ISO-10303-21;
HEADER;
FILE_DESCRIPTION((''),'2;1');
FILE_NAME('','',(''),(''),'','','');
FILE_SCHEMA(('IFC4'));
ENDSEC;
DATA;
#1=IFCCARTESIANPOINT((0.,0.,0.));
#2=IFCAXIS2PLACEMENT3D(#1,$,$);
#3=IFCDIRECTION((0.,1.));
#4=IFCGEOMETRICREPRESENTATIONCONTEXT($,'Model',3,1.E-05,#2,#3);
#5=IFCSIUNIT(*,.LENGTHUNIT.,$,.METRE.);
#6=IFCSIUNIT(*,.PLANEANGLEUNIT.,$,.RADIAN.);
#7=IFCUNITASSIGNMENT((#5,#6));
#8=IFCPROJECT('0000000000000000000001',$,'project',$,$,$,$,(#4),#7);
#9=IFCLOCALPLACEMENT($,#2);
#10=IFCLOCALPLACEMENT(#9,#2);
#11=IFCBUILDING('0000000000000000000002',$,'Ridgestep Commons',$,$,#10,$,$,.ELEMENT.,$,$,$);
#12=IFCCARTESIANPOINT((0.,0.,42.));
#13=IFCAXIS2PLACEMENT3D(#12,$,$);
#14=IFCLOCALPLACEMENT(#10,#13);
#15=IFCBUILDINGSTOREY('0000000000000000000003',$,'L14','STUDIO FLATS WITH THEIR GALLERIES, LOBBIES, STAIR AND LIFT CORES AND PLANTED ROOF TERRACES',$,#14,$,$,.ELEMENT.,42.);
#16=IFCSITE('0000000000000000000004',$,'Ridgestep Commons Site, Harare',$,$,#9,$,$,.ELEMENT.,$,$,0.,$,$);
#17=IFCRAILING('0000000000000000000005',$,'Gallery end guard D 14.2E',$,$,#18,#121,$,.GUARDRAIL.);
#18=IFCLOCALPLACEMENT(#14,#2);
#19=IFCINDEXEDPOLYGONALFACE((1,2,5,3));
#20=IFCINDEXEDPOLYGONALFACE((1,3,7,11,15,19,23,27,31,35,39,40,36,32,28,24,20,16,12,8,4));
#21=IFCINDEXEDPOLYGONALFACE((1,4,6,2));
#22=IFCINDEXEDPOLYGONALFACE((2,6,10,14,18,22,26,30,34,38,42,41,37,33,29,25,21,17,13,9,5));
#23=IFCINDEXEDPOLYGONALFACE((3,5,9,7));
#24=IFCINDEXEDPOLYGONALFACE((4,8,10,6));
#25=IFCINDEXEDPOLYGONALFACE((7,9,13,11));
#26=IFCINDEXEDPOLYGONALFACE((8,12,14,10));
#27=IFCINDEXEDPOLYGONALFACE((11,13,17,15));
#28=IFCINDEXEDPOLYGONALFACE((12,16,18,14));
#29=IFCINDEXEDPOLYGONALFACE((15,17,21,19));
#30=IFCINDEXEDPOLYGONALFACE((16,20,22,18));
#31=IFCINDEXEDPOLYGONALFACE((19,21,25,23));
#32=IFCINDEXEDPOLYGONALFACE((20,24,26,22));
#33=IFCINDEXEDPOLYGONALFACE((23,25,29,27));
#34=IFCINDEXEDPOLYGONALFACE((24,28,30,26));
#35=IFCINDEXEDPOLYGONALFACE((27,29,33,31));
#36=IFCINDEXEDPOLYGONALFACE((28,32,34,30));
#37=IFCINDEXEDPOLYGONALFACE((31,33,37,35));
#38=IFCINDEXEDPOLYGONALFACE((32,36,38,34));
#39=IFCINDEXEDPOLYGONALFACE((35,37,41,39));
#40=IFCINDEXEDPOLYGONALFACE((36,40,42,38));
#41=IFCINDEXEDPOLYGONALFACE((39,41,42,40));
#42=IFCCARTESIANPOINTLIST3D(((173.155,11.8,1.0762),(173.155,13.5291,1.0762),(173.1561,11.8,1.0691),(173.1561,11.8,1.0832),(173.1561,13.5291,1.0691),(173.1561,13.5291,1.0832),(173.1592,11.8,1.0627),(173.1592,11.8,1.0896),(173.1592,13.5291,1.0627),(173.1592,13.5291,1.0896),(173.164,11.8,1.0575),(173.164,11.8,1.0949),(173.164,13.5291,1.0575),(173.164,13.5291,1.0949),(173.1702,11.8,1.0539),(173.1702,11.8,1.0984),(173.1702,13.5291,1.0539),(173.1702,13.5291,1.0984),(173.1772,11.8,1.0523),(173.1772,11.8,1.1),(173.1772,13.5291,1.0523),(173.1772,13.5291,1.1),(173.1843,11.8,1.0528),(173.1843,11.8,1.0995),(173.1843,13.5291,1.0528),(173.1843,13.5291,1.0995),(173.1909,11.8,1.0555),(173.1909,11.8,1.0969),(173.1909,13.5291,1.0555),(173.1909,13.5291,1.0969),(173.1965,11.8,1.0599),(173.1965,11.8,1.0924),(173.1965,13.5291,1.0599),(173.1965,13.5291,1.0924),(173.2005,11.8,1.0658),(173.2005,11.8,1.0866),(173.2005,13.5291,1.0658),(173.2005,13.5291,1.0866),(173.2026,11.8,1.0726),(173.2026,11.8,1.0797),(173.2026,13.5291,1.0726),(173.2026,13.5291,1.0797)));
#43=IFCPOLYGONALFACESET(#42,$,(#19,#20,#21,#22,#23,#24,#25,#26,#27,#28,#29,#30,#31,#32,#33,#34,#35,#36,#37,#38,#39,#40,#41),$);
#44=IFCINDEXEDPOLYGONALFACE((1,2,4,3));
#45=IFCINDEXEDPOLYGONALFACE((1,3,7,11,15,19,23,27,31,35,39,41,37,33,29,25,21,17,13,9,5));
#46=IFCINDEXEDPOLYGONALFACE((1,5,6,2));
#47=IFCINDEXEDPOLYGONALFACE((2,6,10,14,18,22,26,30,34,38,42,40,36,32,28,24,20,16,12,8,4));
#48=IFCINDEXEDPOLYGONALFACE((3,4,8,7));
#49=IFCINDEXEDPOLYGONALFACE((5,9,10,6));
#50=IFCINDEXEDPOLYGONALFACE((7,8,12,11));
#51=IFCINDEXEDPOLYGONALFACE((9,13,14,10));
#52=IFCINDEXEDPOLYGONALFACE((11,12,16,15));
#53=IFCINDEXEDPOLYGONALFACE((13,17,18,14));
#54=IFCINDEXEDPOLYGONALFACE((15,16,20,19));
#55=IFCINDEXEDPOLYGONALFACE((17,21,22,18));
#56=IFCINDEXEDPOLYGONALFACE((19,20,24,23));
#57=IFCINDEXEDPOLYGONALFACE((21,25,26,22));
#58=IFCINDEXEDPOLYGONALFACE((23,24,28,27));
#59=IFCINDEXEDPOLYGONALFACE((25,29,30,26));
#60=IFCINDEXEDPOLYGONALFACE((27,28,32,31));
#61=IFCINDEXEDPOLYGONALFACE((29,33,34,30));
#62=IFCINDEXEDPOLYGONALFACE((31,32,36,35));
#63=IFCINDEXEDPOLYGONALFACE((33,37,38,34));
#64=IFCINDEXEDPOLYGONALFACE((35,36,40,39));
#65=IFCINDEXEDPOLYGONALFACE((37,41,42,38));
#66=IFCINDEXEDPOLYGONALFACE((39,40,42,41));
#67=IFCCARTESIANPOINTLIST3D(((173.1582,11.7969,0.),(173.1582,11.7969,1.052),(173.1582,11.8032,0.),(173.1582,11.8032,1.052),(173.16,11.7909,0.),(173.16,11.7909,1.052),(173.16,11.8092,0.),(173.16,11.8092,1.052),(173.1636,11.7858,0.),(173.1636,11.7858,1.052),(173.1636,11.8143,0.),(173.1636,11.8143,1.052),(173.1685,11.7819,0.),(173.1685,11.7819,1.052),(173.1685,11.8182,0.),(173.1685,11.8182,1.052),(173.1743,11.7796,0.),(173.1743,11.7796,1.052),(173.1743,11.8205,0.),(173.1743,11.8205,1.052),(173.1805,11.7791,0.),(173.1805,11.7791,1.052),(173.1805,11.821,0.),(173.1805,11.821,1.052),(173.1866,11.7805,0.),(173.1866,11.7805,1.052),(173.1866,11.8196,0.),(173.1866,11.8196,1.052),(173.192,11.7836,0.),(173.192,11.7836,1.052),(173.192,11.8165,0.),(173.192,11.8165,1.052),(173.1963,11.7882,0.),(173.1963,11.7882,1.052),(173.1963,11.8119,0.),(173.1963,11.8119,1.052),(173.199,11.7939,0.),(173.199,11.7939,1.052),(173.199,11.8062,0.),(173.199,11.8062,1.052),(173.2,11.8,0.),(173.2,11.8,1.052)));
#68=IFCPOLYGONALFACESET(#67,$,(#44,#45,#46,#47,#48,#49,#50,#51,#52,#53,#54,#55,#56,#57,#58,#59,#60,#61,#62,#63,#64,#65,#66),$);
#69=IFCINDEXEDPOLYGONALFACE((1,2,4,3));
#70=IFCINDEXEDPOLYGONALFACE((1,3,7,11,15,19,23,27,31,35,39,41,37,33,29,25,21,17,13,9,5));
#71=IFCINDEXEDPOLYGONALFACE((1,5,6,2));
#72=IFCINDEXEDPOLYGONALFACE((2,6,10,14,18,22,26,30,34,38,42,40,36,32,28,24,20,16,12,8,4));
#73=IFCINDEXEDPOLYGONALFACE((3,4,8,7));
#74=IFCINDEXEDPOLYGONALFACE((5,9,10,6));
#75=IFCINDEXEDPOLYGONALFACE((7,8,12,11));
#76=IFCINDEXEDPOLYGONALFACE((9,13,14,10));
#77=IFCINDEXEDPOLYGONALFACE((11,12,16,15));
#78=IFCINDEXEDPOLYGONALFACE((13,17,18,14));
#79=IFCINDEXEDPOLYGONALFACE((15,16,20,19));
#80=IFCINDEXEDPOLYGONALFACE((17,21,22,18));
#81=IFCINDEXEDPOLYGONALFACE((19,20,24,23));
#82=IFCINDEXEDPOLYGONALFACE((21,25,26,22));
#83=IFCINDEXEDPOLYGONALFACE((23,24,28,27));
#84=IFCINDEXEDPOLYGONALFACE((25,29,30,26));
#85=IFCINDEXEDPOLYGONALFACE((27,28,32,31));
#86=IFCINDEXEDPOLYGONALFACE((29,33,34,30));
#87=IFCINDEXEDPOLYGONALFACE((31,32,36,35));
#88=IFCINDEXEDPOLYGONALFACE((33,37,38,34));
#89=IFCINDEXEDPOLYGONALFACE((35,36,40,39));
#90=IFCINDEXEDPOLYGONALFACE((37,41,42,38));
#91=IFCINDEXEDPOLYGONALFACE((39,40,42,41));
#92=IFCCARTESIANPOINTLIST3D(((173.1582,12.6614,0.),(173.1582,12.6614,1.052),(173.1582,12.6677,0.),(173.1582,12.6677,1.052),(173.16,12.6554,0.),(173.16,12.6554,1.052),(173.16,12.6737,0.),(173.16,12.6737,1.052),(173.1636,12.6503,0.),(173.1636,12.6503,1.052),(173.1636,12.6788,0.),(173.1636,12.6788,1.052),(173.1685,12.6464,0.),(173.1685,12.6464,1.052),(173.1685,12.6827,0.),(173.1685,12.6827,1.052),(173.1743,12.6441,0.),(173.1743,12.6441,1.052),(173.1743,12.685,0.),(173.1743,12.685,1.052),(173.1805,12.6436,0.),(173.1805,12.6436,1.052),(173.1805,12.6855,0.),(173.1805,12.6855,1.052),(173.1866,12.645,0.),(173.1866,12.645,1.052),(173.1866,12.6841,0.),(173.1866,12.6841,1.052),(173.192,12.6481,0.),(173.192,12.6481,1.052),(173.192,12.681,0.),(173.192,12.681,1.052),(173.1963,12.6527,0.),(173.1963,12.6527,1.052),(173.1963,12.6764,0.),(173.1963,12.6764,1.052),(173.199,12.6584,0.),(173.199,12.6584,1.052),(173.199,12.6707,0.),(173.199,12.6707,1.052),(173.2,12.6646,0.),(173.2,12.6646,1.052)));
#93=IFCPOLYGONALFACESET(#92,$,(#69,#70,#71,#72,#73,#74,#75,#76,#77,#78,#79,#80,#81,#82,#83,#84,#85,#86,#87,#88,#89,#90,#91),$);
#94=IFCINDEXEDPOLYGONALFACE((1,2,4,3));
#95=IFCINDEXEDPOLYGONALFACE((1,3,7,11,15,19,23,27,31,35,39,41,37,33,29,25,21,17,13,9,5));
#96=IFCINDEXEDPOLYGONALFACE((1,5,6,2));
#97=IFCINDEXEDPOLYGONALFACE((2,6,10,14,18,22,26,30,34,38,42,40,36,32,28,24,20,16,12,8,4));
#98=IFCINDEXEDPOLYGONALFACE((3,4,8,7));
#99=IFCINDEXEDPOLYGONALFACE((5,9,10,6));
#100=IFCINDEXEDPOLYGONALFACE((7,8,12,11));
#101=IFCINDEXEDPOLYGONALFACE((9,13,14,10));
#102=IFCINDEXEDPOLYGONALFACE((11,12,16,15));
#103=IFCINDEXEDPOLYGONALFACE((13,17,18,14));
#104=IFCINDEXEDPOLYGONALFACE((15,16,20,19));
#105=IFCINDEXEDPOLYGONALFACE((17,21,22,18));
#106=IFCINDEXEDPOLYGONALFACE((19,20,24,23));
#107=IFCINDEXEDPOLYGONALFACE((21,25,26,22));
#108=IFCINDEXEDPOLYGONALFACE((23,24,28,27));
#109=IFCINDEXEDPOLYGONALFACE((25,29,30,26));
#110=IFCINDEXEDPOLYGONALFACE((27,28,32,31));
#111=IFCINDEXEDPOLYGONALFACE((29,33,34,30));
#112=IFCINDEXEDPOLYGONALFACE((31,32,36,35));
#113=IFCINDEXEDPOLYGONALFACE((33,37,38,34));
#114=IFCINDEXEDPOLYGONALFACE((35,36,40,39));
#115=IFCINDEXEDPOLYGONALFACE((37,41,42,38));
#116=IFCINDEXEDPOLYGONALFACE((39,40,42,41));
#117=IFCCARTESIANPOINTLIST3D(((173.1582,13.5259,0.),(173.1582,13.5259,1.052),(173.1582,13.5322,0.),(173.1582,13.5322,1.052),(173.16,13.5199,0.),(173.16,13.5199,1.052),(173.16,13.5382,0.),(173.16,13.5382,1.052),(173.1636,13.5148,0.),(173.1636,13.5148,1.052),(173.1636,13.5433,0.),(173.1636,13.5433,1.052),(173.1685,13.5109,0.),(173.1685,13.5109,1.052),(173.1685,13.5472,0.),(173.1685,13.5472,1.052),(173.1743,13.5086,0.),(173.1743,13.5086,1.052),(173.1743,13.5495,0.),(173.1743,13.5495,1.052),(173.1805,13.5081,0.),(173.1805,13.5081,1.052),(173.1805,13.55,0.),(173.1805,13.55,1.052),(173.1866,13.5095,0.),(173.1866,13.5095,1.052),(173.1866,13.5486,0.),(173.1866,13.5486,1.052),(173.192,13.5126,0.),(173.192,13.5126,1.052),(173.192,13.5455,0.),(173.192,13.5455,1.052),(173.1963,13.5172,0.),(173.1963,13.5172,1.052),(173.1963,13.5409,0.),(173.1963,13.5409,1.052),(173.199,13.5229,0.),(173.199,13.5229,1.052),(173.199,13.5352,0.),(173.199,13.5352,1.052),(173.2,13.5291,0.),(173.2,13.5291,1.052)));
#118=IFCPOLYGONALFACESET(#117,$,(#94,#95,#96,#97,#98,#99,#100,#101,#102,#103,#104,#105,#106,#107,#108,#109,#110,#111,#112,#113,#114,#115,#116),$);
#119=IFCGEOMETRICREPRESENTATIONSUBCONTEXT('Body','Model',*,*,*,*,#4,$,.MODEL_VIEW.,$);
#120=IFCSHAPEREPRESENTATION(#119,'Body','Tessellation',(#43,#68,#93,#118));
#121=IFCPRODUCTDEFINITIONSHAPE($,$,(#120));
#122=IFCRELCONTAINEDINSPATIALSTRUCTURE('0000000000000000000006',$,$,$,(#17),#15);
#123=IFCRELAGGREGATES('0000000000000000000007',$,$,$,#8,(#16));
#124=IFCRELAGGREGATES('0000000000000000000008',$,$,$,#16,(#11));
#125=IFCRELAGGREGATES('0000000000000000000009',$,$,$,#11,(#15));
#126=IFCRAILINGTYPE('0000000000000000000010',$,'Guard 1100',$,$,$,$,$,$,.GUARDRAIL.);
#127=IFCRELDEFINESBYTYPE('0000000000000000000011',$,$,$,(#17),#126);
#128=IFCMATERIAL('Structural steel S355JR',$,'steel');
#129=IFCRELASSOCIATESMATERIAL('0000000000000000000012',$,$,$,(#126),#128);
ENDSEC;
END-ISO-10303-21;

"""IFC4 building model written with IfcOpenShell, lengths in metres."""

from ifc_helpers import new_model, si_unit, direction, frame, origin, origin_2d, place, context, subcontext, project, spatial, circle, extrude, material, type_object, element, save


model = new_model("IFC4")

# Units and contexts
model_context = context("Model", 3, precision=1e-05, world=origin(), true_north=direction((0.0, 1.0)))
body_context = subcontext(model_context, "Body", "Model", "MODEL_VIEW")
ifc_project = project(units=[si_unit("LENGTHUNIT", "METRE"), si_unit("PLANEANGLEUNIT", "RADIAN")], contexts=[model_context])

# Site, building, storey
site_placement = place(None, origin())
site = spatial("IfcSite", under=ifc_project, at=site_placement, Name="Ridgestep Commons Site, Harare", CompositionType="ELEMENT", RefElevation=0.0)
building_placement = place(site_placement, origin())
building = spatial("IfcBuilding", under=site, at=building_placement, Name="Ridgestep Commons", CompositionType="ELEMENT")
storey_placement = place(building_placement, frame((0.0, 0.0, 42.0)))
storey = spatial("IfcBuildingStorey", under=building, at=storey_placement, Name="L14", Description="STUDIO FLATS WITH THEIR GALLERIES, LOBBIES, STAIR AND LIFT CORES AND PLANTED ROOF TERRACES", CompositionType="ELEMENT", Elevation=42.0)

# Railing
ifc_material_1 = material(Name="Structural steel S355JR", Category="steel")
railing_type_1 = type_object("IfcRailingType", Name="Guard 1100", PredefinedType="GUARDRAIL", material=ifc_material_1)
railing_1_placement = place(storey_placement, frame((173.179, 11.8, 0.0)))
element("IfcRailing", 1, at=railing_1_placement, inside=storey, type_object=railing_type_1, Name="Gallery end guard D 14.2E", PredefinedType="GUARDRAIL", context=body_context, shape_type="SweptSolid", body=[
    extrude(circle(Radius=0.0239, at=origin_2d()), frame((0.0, 0.0, 1.0762), z_axis=(0.0, 1.0, 0.0), x_axis=(-1.0, 0.0, 0.0)), (0.0, 0.0, 1.0), 1.729),
    extrude(circle(Radius=0.021, at=origin_2d()), origin(), (0.0, 0.0, 1.0), 1.052),
    extrude(circle(Radius=0.021, at=origin_2d()), frame((0.0, 0.8645, 0.0)), (0.0, 0.0, 1.0), 1.052),
    extrude(circle(Radius=0.021, at=origin_2d()), frame((0.0, 1.729, 0.0)), (0.0, 0.0, 1.0), 1.052),
])

save(model, "model.ifc")
